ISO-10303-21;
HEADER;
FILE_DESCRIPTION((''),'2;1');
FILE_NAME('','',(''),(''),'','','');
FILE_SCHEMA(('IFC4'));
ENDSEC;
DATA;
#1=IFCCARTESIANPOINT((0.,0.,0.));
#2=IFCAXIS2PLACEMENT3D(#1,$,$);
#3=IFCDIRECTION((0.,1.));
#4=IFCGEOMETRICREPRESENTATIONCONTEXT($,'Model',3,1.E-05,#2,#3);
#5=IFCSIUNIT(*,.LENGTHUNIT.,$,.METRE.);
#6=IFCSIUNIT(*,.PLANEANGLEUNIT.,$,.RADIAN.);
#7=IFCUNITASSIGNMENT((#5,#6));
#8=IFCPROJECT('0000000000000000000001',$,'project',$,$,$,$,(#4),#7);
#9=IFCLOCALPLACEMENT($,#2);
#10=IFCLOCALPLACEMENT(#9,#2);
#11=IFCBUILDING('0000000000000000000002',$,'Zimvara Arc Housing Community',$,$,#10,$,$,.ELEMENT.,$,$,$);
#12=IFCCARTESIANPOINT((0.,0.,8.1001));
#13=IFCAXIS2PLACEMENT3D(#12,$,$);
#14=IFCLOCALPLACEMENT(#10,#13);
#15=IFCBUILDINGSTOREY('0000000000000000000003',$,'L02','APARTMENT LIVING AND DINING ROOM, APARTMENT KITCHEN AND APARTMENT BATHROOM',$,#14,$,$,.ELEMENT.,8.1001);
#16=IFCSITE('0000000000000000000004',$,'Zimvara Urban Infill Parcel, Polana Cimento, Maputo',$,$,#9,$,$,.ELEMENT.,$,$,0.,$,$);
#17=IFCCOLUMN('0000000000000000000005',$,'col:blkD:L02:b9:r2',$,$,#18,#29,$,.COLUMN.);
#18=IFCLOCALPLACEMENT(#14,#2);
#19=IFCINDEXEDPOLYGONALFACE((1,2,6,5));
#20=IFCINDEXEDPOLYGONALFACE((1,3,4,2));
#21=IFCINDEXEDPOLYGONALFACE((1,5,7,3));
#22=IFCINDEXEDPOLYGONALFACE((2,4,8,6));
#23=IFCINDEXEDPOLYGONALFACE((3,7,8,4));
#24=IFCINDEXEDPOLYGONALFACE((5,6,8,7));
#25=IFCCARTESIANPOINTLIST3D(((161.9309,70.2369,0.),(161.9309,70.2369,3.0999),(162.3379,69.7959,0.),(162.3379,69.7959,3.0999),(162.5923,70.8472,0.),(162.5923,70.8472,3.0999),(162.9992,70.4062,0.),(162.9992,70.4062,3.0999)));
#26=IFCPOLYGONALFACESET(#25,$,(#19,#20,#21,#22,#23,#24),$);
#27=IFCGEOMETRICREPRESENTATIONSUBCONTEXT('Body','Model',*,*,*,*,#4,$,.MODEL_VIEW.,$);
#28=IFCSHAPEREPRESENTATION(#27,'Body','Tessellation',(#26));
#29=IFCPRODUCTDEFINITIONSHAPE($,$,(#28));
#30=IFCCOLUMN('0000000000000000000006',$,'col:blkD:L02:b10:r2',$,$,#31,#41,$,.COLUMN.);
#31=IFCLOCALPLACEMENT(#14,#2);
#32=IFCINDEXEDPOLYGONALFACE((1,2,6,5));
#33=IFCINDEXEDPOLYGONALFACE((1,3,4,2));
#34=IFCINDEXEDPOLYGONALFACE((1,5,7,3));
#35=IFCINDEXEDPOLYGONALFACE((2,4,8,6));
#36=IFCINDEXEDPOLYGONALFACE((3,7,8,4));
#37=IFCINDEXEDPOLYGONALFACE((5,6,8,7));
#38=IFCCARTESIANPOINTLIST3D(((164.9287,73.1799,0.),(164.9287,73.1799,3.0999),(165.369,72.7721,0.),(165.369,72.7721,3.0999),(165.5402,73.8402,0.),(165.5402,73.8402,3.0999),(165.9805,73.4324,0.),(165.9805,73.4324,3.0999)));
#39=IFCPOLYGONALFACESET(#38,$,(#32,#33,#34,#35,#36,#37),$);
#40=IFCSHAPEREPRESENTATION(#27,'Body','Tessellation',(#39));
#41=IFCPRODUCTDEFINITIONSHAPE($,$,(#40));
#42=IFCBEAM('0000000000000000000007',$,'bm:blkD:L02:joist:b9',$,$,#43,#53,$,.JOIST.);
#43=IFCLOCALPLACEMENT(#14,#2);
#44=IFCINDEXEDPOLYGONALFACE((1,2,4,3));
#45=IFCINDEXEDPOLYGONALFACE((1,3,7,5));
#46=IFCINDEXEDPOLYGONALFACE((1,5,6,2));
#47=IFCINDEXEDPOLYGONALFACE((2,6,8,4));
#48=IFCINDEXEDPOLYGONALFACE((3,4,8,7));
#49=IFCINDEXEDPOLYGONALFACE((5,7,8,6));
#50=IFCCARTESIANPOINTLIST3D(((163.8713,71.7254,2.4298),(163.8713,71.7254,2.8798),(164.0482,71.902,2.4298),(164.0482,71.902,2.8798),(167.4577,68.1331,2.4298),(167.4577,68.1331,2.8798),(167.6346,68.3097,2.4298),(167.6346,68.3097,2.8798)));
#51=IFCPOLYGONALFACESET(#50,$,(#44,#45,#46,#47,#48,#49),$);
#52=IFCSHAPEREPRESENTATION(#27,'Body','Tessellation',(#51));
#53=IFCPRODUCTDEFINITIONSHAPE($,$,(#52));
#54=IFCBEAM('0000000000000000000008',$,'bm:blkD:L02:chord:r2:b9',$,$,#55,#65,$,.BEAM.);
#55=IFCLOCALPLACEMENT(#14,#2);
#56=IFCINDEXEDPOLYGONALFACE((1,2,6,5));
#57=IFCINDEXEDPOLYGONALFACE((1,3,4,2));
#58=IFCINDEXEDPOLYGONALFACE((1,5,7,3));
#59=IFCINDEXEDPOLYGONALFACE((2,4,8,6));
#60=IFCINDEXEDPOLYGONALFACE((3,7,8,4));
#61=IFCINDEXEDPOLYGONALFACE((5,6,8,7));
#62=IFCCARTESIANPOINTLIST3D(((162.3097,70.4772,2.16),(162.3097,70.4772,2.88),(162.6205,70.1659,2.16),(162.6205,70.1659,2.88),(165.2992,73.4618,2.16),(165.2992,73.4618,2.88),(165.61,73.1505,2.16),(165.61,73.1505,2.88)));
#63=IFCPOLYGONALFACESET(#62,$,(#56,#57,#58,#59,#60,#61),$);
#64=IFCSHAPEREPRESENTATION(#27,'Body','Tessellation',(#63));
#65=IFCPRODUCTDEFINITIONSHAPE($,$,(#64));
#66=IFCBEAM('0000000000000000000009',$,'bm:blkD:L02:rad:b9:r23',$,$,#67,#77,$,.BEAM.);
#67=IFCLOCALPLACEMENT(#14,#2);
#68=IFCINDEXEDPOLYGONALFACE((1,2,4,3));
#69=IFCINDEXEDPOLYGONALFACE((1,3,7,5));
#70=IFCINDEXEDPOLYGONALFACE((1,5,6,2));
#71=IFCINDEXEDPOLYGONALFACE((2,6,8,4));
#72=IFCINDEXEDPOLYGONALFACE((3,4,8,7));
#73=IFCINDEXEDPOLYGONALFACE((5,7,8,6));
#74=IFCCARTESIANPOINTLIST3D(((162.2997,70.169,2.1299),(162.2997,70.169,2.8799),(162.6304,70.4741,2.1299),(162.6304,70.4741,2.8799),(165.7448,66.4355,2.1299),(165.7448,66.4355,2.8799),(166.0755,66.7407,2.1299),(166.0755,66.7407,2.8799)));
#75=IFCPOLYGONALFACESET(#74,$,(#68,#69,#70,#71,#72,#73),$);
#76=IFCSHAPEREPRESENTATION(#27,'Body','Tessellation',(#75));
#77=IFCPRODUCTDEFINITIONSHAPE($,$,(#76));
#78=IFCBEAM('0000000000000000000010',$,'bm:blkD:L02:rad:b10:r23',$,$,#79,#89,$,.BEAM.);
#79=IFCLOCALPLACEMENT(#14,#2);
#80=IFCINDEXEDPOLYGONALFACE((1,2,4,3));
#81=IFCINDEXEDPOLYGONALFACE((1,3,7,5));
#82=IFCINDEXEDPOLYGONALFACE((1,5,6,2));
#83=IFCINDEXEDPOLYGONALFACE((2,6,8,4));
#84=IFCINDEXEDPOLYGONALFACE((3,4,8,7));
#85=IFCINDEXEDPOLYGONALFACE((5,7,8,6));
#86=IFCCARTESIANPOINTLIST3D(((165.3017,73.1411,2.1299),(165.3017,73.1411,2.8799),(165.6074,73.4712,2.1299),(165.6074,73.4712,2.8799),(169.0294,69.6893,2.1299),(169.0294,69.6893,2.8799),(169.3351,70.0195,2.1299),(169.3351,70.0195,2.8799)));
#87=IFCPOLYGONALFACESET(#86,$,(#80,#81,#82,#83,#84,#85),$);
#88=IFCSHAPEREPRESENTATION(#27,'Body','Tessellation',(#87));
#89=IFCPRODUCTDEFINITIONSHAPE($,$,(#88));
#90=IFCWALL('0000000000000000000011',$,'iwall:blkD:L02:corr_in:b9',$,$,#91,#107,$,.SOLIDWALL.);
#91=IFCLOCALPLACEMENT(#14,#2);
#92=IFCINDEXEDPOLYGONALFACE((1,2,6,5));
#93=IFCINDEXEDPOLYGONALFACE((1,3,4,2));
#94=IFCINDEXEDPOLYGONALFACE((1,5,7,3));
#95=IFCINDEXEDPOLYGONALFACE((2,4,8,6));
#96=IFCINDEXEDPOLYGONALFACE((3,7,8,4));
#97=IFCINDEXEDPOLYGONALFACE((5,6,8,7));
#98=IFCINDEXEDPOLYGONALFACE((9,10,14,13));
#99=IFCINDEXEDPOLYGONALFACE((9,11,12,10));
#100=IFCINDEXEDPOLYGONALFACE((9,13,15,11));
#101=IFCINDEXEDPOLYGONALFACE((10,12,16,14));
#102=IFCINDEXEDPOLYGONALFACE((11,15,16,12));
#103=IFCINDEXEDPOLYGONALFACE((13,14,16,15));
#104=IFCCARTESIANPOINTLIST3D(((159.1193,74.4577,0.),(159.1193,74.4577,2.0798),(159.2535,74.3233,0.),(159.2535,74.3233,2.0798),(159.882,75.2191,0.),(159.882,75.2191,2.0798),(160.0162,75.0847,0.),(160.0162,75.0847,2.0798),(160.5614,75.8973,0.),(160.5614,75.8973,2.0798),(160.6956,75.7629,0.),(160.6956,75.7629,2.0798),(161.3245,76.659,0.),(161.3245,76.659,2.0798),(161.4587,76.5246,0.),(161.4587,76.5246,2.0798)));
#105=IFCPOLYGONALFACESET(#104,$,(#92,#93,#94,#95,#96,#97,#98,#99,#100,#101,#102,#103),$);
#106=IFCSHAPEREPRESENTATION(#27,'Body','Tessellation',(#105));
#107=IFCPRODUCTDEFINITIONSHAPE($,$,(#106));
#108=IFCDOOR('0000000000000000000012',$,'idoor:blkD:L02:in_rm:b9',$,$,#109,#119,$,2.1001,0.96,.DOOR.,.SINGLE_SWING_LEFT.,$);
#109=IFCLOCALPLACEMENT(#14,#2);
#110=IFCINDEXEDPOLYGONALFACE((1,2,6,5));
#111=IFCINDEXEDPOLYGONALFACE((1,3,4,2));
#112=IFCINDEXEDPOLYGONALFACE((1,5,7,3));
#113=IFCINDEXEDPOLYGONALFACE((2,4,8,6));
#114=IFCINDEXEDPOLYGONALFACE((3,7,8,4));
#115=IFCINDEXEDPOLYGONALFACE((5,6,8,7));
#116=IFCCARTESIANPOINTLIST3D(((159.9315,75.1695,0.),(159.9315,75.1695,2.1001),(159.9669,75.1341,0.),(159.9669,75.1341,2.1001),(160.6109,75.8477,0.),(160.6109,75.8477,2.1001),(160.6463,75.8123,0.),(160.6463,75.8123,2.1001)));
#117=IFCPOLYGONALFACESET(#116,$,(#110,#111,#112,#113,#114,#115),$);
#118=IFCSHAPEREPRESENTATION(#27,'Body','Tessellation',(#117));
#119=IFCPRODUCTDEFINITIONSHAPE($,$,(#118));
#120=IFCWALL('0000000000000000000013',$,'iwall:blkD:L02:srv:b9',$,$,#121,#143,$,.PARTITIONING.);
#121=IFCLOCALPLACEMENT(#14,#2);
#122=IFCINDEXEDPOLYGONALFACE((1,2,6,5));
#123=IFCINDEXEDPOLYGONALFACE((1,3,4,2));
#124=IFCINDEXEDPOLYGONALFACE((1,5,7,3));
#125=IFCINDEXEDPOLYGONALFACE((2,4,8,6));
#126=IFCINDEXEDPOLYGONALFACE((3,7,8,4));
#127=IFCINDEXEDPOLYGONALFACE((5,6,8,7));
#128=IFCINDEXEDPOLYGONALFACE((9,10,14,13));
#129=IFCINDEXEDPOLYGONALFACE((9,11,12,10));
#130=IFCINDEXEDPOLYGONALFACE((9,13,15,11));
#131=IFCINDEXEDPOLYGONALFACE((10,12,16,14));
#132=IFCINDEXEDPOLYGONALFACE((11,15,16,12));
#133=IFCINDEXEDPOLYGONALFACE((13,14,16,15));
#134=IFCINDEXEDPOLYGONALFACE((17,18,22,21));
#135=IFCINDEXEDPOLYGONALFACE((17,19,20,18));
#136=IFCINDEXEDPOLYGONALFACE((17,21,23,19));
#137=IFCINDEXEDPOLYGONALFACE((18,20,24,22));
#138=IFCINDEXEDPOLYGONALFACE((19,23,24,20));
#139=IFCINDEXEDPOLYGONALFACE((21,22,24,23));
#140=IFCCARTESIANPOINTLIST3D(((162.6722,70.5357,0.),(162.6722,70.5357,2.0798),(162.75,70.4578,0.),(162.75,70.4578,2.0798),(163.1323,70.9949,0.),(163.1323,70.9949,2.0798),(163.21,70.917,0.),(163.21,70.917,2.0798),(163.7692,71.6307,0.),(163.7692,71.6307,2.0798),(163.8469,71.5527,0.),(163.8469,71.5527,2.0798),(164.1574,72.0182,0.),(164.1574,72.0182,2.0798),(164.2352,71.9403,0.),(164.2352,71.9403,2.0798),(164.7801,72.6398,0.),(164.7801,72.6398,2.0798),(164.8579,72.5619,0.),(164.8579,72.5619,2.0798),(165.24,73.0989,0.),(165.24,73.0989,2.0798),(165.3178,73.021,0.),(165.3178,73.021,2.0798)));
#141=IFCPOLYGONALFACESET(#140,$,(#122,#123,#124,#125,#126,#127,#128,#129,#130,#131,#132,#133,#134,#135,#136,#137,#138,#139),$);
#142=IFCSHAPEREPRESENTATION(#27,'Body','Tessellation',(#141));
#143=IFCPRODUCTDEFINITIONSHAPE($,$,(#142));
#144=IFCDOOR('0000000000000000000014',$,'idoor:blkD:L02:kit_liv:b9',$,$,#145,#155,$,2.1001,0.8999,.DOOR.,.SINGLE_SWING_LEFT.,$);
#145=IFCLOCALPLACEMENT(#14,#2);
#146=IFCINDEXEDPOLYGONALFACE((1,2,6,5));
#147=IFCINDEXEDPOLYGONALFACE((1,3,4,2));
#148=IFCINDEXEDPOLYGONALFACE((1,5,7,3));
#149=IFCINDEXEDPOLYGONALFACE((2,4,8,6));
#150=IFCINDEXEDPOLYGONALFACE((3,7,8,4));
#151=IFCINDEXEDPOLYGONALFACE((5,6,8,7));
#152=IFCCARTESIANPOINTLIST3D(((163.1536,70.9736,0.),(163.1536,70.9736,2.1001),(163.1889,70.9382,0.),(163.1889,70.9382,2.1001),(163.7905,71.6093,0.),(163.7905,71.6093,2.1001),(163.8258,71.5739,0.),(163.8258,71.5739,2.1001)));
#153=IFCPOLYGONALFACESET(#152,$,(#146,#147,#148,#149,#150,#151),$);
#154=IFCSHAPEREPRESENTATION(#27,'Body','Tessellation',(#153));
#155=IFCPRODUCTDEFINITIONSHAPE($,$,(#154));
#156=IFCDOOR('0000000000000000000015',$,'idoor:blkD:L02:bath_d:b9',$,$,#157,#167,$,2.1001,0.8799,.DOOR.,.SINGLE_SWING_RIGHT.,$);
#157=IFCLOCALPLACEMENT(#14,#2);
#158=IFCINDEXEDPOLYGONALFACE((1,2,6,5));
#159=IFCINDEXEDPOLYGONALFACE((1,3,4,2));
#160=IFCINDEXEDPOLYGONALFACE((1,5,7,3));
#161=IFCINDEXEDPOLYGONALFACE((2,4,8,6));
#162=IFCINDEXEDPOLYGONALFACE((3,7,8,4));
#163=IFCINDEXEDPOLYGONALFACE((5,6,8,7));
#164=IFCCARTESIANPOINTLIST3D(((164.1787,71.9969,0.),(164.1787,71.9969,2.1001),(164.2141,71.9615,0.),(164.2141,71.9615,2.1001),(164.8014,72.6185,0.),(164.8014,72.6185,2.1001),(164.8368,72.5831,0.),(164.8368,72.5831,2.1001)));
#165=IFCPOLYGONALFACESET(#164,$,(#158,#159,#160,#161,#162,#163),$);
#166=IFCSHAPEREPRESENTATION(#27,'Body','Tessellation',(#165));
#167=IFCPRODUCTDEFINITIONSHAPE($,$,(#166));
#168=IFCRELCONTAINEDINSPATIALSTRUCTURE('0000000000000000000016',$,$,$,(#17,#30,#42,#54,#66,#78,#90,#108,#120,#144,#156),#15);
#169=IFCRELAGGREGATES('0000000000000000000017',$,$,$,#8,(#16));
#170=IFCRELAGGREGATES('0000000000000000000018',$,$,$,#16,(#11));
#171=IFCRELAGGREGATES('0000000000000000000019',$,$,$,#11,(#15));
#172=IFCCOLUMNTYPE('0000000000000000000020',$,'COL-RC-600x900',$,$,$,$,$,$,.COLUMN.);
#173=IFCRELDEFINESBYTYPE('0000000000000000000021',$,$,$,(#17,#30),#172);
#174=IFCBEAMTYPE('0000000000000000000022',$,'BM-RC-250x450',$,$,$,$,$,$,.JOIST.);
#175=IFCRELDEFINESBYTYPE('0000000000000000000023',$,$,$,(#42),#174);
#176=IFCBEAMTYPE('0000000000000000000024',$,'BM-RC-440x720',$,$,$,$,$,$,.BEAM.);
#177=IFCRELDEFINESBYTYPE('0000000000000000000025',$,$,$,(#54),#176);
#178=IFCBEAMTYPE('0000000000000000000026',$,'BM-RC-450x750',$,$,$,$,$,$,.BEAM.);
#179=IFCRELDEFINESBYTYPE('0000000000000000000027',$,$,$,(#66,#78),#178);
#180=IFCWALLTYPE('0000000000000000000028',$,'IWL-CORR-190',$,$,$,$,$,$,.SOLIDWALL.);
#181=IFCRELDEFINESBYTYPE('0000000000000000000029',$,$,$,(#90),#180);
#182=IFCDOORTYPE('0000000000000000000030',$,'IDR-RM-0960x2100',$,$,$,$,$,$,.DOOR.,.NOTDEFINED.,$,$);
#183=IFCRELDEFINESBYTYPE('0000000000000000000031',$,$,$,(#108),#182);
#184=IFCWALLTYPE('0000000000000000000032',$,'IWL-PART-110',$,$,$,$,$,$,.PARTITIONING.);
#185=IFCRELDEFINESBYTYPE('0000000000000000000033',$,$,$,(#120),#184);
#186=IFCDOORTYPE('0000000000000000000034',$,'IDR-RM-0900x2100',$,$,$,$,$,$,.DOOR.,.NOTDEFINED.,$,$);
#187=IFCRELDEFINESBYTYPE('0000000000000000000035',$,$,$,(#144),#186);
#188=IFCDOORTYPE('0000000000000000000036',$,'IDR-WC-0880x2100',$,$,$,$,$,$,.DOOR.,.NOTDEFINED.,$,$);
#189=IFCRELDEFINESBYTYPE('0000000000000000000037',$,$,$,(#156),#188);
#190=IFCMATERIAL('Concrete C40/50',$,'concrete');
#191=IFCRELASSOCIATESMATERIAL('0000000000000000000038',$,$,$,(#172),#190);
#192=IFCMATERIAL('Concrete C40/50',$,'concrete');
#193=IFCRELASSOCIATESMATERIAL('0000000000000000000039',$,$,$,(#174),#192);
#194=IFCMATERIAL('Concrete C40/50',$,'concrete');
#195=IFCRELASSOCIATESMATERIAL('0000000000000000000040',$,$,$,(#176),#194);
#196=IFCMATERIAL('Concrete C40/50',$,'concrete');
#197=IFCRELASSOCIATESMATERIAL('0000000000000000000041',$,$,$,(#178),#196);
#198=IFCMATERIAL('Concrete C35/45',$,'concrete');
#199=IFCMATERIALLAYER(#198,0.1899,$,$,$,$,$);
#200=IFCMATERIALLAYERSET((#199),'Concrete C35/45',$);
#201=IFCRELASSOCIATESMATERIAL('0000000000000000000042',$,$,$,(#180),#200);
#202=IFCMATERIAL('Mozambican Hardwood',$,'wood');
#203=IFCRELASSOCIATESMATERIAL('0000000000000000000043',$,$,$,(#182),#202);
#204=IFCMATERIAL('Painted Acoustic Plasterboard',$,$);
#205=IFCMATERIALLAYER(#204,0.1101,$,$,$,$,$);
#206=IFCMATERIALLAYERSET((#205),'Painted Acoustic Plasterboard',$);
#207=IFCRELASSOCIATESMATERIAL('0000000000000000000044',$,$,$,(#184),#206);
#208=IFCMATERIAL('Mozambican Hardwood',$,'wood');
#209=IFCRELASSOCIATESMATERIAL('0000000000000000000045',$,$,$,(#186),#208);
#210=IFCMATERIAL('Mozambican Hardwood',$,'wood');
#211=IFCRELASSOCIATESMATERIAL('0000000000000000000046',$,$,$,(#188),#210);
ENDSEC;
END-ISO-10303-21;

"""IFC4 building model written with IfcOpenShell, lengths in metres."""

from ifc_helpers import new_model, si_unit, direction, frame, frame_2d, origin, origin_2d, place, context, subcontext, project, spatial, rectangle, extrude, material, layer, layer_set, material_profile, profile_set, type_object, element, fill, save


model = new_model("IFC4")

# Units and contexts
model_context = context("Model", 3, precision=1e-05, world=origin(), true_north=direction((0.0, 1.0)))
body_context = subcontext(model_context, "Body", "Model", "MODEL_VIEW")
ifc_project = project(units=[si_unit("LENGTHUNIT", "METRE"), si_unit("PLANEANGLEUNIT", "RADIAN")], contexts=[model_context])

# Site, building, storey
site_placement = place(None, origin())
site = spatial("IfcSite", under=ifc_project, at=site_placement, Name="Zimvara Urban Infill Parcel, Polana Cimento, Maputo", CompositionType="ELEMENT", RefElevation=0.0)
building_placement = place(site_placement, origin())
building = spatial("IfcBuilding", under=site, at=building_placement, Name="Zimvara Arc Housing Community", CompositionType="ELEMENT")
storey_placement = place(building_placement, frame((0.0, 0.0, 8.1001)))
storey = spatial("IfcBuildingStorey", under=building, at=storey_placement, Name="L02", Description="APARTMENT LIVING AND DINING ROOM, APARTMENT KITCHEN AND APARTMENT BATHROOM", CompositionType="ELEMENT", Elevation=8.1001)

# Columns
ifc_material_1 = material(Name="Concrete C40/50", Category="concrete")
ifc_material_profile_1 = material_profile(ifc_material_1, rectangle(XDim=0.6001, YDim=0.8999, at=origin_2d()), Name="RC 600x900")
ifc_profile_set_1 = profile_set([ifc_material_profile_1], Name="Concrete C40/50")
column_type = type_object("IfcColumnType", Name="COL-RC-600x900", PredefinedType="COLUMN", material=ifc_profile_set_1)
for number, where, z_axis, x_axis, name in (
    (1, (162.4651, 70.3215, 0.0), (0.0, 0.0, 1.0), (0.67816, -0.734915, 0.0), "col:blkD:L02:b9:r2"),
    (2, (165.4546, 73.3062, 0.0), (0.0, 0.0, 1.0), (0.73373, -0.679441, 0.0), "col:blkD:L02:b10:r2"),
):
    element("IfcColumn", number, at=place(storey_placement, frame(where, z_axis=z_axis, x_axis=x_axis)), inside=storey, type_object=column_type, Name=name, PredefinedType="COLUMN", context=body_context, shape_type="SweptSolid", body=[
        extrude(rectangle(XDim=0.6001, YDim=0.8999, at=origin_2d()), origin(), (0.0, 0.0, 1.0), 3.0999),
    ])

# Beams
ifc_material_2 = material(Name="Concrete C40/50", Category="concrete")
ifc_material_profile_2 = material_profile(ifc_material_2, rectangle(XDim=0.25, YDim=0.45, at=origin_2d()), Name="RC 250x450")
ifc_profile_set_2 = profile_set([ifc_material_profile_2], Name="Concrete C40/50")
beam_type_1 = type_object("IfcBeamType", Name="BM-RC-250x450", PredefinedType="JOIST", material=ifc_profile_set_2)
beam_1_placement = place(storey_placement, frame((163.9597, 71.8137, 2.6548), z_axis=(0.706529, -0.707684, 0.0), x_axis=(0.707684, 0.706529, 0.0)))
element("IfcBeam", 3, at=beam_1_placement, inside=storey, type_object=beam_type_1, Name="bm:blkD:L02:joist:b9", PredefinedType="JOIST", context=body_context, shape_type="SweptSolid", body=[
    extrude(rectangle(XDim=0.25, YDim=0.45, at=origin_2d()), origin(), (0.0, 0.0, 1.0), 5.0762),
])
ifc_material_3 = material(Name="Concrete C40/50", Category="concrete")
ifc_material_profile_3 = material_profile(ifc_material_3, rectangle(XDim=0.4399, YDim=0.72, at=origin_2d()), Name="RC 440x720")
ifc_profile_set_3 = profile_set([ifc_material_profile_3], Name="Concrete C40/50")
beam_type_2 = type_object("IfcBeamType", Name="BM-RC-440x720", PredefinedType="BEAM", material=ifc_profile_set_3)
beam_2_placement = place(storey_placement, frame((162.4651, 70.3215, 2.52), z_axis=(0.707684, 0.706529, 0.0), x_axis=(-0.706529, 0.707684, 0.0)))
element("IfcBeam", 4, at=beam_2_placement, inside=storey, type_object=beam_type_2, Name="bm:blkD:L02:chord:r2:b9", PredefinedType="BEAM", context=body_context, shape_type="SweptSolid", body=[
    extrude(rectangle(XDim=0.4399, YDim=0.72, at=origin_2d()), origin(), (0.0, 0.0, 1.0), 4.2244),
])
ifc_material_4 = material(Name="Concrete C40/50", Category="concrete")
ifc_material_profile_4 = material_profile(ifc_material_4, rectangle(XDim=0.45, YDim=0.75, at=origin_2d()), Name="RC 450x750")
ifc_profile_set_4 = profile_set([ifc_material_profile_4], Name="Concrete C40/50")
beam_type_3 = type_object("IfcBeamType", Name="BM-RC-450x750", PredefinedType="BEAM", material=ifc_profile_set_4)
beam_3_placement = place(storey_placement, frame((162.4651, 70.3215, 2.5049), z_axis=(0.678158, -0.734916, 0.0), x_axis=(0.734916, 0.678158, 0.0)))
element("IfcBeam", 5, at=beam_3_placement, inside=storey, type_object=beam_type_3, Name="bm:blkD:L02:rad:b9:r23", PredefinedType="BEAM", context=body_context, shape_type="SweptSolid", body=[
    extrude(rectangle(XDim=0.45, YDim=0.75, at=origin_2d()), origin(), (0.0, 0.0, 1.0), 5.0801),
])
beam_4_placement = place(storey_placement, frame((165.4546, 73.3062, 2.5049), z_axis=(0.733738, -0.679433, 0.0), x_axis=(0.679433, 0.733738, 0.0)))
element("IfcBeam", 6, at=beam_4_placement, inside=storey, type_object=beam_type_3, Name="bm:blkD:L02:rad:b10:r23", PredefinedType="BEAM", context=body_context, shape_type="SweptSolid", body=[
    extrude(rectangle(XDim=0.45, YDim=0.75, at=origin_2d()), origin(), (0.0, 0.0, 1.0), 5.0803),
])

# Wall, opening, door
ifc_material_5 = material(Name="Concrete C35/45", Category="concrete")
ifc_layer_1 = layer(ifc_material_5, 0.1899)
ifc_layer_set_1 = layer_set([ifc_layer_1], Name="Concrete C35/45")
wall_type_1 = type_object("IfcWallType", Name="IWL-CORR-190", PredefinedType="SOLIDWALL", material=ifc_layer_set_1)
wall_1_placement = place(storey_placement, frame((159.1863, 74.3904, 0.0), z_axis=(0.0, 0.0, 1.0), x_axis=(0.707733, 0.70648, 0.0)))
wall_1 = element("IfcWall", 7, at=wall_1_placement, inside=storey, type_object=wall_type_1, Name="iwall:blkD:L02:corr_in:b9", PredefinedType="SOLIDWALL", context=body_context, shape_type="SweptSolid", body=[
    extrude(rectangle(XDim=3.116, YDim=0.1899, at=frame_2d((1.5581, 0.0))), origin(), (0.0, 0.0, 1.0), 2.0798),
])
opening_1_placement = place(wall_1_placement, frame((1.0779, 0.0, 0.0)))
opening_1 = element("IfcOpeningElement", 8, at=opening_1_placement, cuts=wall_1, PredefinedType="OPENING", context=body_context, shape_type="SweptSolid", body=[
    extrude(rectangle(XDim=0.96, YDim=2.1001, at=frame_2d((0.48, 1.05))), frame((0.0, 0.105, 0.0), z_axis=(0.0, -1.0, 0.0), x_axis=(1.0, 0.0, 0.0)), (0.0, 0.0, 1.0), 0.21),
])
ifc_material_6 = material(Name="Mozambican Hardwood", Category="wood")
door_type_1 = type_object("IfcDoorType", Name="IDR-RM-0960x2100", OperationType="NOTDEFINED", PredefinedType="DOOR", material=ifc_material_6)
door_1_placement = place(opening_1_placement, origin())
door_1 = element("IfcDoor", 9, at=door_1_placement, inside=storey, type_object=door_type_1, Name="idoor:blkD:L02:in_rm:b9", OperationType="SINGLE_SWING_LEFT", OverallHeight=2.1001, OverallWidth=0.96, PredefinedType="DOOR", context=body_context, shape_type="SweptSolid", body=[
    extrude(rectangle(XDim=0.96, YDim=2.1001, at=frame_2d((0.48, 1.05))), frame((0.0, 0.0249, 0.0), z_axis=(0.0, -1.0, 0.0), x_axis=(1.0, 0.0, 0.0)), (0.0, 0.0, 1.0), 0.05),
])
fill(opening_1, door_1)

# Wall, openings, doors
ifc_material_7 = material(Name="Painted Acoustic Plasterboard")
ifc_layer_2 = layer(ifc_material_7, 0.1101)
ifc_layer_set_2 = layer_set([ifc_layer_2], Name="Painted Acoustic Plasterboard")
wall_type_2 = type_object("IfcWallType", Name="IWL-PART-110", PredefinedType="PARTITIONING", material=ifc_layer_set_2)
wall_2_placement = place(storey_placement, frame((162.7112, 70.4968, 0.0), z_axis=(0.0, 0.0, 1.0), x_axis=(0.707746, 0.706467, 0.0)))
wall_2 = element("IfcWall", 10, at=wall_2_placement, inside=storey, type_object=wall_type_2, Name="iwall:blkD:L02:srv:b9", PredefinedType="PARTITIONING", context=body_context, shape_type="SweptSolid", body=[
    extrude(rectangle(XDim=3.6282, YDim=0.1101, at=frame_2d((1.814, 0.0))), origin(), (0.0, 0.0, 1.0), 2.0798),
])
opening_2_placement = place(wall_2_placement, frame((0.6499, 0.0, 0.0)))
opening_2 = element("IfcOpeningElement", 11, at=opening_2_placement, cuts=wall_2, PredefinedType="OPENING", context=body_context, shape_type="SweptSolid", body=[
    extrude(rectangle(XDim=0.8999, YDim=2.1001, at=frame_2d((0.45, 1.05))), frame((0.0, 0.0649, 0.0), z_axis=(0.0, -1.0, 0.0), x_axis=(1.0, 0.0, 0.0)), (0.0, 0.0, 1.0), 0.1301),
])
opening_3_placement = place(wall_2_placement, frame((2.0984, 0.0, 0.0)))
opening_3 = element("IfcOpeningElement", 12, at=opening_3_placement, cuts=wall_2, PredefinedType="OPENING", context=body_context, shape_type="SweptSolid", body=[
    extrude(rectangle(XDim=0.8799, YDim=2.1001, at=frame_2d((0.4399, 1.05))), frame((0.0, 0.0649, 0.0), z_axis=(0.0, -1.0, 0.0), x_axis=(1.0, 0.0, 0.0)), (0.0, 0.0, 1.0), 0.1301),
])
ifc_material_8 = material(Name="Mozambican Hardwood", Category="wood")
door_type_2 = type_object("IfcDoorType", Name="IDR-RM-0900x2100", OperationType="NOTDEFINED", PredefinedType="DOOR", material=ifc_material_8)
door_2_placement = place(opening_2_placement, origin())
door_2 = element("IfcDoor", 13, at=door_2_placement, inside=storey, type_object=door_type_2, Name="idoor:blkD:L02:kit_liv:b9", OperationType="SINGLE_SWING_LEFT", OverallHeight=2.1001, OverallWidth=0.8999, PredefinedType="DOOR", context=body_context, shape_type="SweptSolid", body=[
    extrude(rectangle(XDim=0.8999, YDim=2.1001, at=frame_2d((0.45, 1.05))), frame((0.0, 0.0249, 0.0), z_axis=(0.0, -1.0, 0.0), x_axis=(1.0, 0.0, 0.0)), (0.0, 0.0, 1.0), 0.05),
])
fill(opening_2, door_2)
ifc_material_9 = material(Name="Mozambican Hardwood", Category="wood")
door_type_3 = type_object("IfcDoorType", Name="IDR-WC-0880x2100", OperationType="NOTDEFINED", PredefinedType="DOOR", material=ifc_material_9)
door_3_placement = place(opening_3_placement, origin())
door_3 = element("IfcDoor", 14, at=door_3_placement, inside=storey, type_object=door_type_3, Name="idoor:blkD:L02:bath_d:b9", OperationType="SINGLE_SWING_RIGHT", OverallHeight=2.1001, OverallWidth=0.8799, PredefinedType="DOOR", context=body_context, shape_type="SweptSolid", body=[
    extrude(rectangle(XDim=0.8799, YDim=2.1001, at=frame_2d((0.4399, 1.05))), frame((0.0, 0.0249, 0.0), z_axis=(0.0, -1.0, 0.0), x_axis=(1.0, 0.0, 0.0)), (0.0, 0.0, 1.0), 0.05),
])
fill(opening_3, door_3)

save(model, "model.ifc")
